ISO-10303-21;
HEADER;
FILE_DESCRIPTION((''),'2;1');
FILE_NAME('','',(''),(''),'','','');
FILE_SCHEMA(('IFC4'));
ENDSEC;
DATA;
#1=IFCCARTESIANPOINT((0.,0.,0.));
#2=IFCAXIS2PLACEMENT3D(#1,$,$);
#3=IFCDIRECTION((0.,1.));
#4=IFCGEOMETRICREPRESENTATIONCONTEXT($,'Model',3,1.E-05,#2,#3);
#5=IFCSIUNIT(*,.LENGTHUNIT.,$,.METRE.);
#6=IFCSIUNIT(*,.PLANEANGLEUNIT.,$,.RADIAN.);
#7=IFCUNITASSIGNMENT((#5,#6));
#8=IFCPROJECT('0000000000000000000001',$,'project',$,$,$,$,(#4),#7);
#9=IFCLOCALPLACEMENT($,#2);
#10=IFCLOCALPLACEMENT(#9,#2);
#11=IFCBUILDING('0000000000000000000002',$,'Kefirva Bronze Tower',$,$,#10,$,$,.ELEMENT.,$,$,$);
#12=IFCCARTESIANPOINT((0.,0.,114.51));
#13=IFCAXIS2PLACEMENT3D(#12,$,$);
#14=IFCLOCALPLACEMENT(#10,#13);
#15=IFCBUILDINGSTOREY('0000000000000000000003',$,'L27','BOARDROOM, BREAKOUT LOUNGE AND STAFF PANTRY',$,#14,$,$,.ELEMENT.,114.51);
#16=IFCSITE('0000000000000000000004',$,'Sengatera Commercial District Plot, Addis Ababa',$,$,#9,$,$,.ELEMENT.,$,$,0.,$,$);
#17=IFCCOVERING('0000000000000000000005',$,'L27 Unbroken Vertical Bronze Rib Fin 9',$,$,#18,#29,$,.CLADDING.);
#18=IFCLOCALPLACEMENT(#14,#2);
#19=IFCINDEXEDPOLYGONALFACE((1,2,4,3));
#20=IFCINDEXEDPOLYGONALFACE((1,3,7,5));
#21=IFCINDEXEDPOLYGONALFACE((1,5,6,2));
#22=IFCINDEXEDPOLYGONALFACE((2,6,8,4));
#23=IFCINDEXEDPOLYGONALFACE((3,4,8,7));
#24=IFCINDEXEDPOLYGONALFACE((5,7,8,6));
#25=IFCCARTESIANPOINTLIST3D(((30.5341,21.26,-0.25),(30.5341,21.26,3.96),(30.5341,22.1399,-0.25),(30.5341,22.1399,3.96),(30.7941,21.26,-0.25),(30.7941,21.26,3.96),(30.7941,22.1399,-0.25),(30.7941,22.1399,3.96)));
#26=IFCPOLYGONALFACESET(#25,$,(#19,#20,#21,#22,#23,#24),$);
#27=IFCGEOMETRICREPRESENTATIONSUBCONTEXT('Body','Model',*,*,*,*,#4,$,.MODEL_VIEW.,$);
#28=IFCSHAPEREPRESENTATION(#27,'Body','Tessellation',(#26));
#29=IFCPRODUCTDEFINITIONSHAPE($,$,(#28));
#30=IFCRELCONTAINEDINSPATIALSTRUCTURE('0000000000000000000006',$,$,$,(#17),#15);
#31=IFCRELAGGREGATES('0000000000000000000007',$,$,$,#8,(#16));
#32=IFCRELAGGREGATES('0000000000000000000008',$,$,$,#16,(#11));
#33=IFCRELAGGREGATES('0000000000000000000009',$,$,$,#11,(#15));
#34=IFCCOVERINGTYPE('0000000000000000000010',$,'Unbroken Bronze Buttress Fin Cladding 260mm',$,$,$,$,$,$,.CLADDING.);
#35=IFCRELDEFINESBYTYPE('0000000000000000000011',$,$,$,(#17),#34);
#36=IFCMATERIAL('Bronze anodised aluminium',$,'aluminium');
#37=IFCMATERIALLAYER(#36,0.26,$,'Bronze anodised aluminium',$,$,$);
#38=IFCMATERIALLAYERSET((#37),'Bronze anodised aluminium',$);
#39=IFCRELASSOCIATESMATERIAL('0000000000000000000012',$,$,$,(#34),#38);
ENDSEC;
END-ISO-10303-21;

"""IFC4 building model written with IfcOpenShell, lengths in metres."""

from ifc_helpers import new_model, si_unit, direction, frame, origin, origin_2d, place, context, subcontext, project, spatial, rectangle, extrude, material, layer, layer_set, type_object, element, save


model = new_model("IFC4")

# Units and contexts
model_context = context("Model", 3, precision=1e-05, world=origin(), true_north=direction((0.0, 1.0)))
body_context = subcontext(model_context, "Body", "Model", "MODEL_VIEW")
ifc_project = project(units=[si_unit("LENGTHUNIT", "METRE"), si_unit("PLANEANGLEUNIT", "RADIAN")], contexts=[model_context])

# Site, building, storey
site_placement = place(None, origin())
site = spatial("IfcSite", under=ifc_project, at=site_placement, Name="Sengatera Commercial District Plot, Addis Ababa", CompositionType="ELEMENT", RefElevation=0.0)
building_placement = place(site_placement, origin())
building = spatial("IfcBuilding", under=site, at=building_placement, Name="Kefirva Bronze Tower", CompositionType="ELEMENT")
storey_placement = place(building_placement, frame((0.0, 0.0, 114.51)))
storey = spatial("IfcBuildingStorey", under=building, at=storey_placement, Name="L27", Description="BOARDROOM, BREAKOUT LOUNGE AND STAFF PANTRY", CompositionType="ELEMENT", Elevation=114.51)

# Shared definitions
ifc_material_1 = material(Name="Bronze anodised aluminium", Category="aluminium")

# Covering
ifc_layer_1 = layer(ifc_material_1, 0.26, Name="Bronze anodised aluminium")
ifc_layer_set_1 = layer_set([ifc_layer_1], Name="Bronze anodised aluminium")
covering_type_1 = type_object("IfcCoveringType", Name="Unbroken Bronze Buttress Fin Cladding 260mm", PredefinedType="CLADDING", material=ifc_layer_set_1)
covering_1_placement = place(storey_placement, frame((30.6641, 21.7, -0.25), z_axis=(0.0, 0.0, 1.0), x_axis=(1.0, 0.0, 0.0)))
element("IfcCovering", 1, at=covering_1_placement, inside=storey, type_object=covering_type_1, Name="L27 Unbroken Vertical Bronze Rib Fin 9", PredefinedType="CLADDING", context=body_context, shape_type="SweptSolid", body=[
    extrude(rectangle(XDim=0.26, YDim=0.8799, at=origin_2d()), origin(), (0.0, 0.0, 1.0), 4.21),
])

save(model, "model.ifc")
